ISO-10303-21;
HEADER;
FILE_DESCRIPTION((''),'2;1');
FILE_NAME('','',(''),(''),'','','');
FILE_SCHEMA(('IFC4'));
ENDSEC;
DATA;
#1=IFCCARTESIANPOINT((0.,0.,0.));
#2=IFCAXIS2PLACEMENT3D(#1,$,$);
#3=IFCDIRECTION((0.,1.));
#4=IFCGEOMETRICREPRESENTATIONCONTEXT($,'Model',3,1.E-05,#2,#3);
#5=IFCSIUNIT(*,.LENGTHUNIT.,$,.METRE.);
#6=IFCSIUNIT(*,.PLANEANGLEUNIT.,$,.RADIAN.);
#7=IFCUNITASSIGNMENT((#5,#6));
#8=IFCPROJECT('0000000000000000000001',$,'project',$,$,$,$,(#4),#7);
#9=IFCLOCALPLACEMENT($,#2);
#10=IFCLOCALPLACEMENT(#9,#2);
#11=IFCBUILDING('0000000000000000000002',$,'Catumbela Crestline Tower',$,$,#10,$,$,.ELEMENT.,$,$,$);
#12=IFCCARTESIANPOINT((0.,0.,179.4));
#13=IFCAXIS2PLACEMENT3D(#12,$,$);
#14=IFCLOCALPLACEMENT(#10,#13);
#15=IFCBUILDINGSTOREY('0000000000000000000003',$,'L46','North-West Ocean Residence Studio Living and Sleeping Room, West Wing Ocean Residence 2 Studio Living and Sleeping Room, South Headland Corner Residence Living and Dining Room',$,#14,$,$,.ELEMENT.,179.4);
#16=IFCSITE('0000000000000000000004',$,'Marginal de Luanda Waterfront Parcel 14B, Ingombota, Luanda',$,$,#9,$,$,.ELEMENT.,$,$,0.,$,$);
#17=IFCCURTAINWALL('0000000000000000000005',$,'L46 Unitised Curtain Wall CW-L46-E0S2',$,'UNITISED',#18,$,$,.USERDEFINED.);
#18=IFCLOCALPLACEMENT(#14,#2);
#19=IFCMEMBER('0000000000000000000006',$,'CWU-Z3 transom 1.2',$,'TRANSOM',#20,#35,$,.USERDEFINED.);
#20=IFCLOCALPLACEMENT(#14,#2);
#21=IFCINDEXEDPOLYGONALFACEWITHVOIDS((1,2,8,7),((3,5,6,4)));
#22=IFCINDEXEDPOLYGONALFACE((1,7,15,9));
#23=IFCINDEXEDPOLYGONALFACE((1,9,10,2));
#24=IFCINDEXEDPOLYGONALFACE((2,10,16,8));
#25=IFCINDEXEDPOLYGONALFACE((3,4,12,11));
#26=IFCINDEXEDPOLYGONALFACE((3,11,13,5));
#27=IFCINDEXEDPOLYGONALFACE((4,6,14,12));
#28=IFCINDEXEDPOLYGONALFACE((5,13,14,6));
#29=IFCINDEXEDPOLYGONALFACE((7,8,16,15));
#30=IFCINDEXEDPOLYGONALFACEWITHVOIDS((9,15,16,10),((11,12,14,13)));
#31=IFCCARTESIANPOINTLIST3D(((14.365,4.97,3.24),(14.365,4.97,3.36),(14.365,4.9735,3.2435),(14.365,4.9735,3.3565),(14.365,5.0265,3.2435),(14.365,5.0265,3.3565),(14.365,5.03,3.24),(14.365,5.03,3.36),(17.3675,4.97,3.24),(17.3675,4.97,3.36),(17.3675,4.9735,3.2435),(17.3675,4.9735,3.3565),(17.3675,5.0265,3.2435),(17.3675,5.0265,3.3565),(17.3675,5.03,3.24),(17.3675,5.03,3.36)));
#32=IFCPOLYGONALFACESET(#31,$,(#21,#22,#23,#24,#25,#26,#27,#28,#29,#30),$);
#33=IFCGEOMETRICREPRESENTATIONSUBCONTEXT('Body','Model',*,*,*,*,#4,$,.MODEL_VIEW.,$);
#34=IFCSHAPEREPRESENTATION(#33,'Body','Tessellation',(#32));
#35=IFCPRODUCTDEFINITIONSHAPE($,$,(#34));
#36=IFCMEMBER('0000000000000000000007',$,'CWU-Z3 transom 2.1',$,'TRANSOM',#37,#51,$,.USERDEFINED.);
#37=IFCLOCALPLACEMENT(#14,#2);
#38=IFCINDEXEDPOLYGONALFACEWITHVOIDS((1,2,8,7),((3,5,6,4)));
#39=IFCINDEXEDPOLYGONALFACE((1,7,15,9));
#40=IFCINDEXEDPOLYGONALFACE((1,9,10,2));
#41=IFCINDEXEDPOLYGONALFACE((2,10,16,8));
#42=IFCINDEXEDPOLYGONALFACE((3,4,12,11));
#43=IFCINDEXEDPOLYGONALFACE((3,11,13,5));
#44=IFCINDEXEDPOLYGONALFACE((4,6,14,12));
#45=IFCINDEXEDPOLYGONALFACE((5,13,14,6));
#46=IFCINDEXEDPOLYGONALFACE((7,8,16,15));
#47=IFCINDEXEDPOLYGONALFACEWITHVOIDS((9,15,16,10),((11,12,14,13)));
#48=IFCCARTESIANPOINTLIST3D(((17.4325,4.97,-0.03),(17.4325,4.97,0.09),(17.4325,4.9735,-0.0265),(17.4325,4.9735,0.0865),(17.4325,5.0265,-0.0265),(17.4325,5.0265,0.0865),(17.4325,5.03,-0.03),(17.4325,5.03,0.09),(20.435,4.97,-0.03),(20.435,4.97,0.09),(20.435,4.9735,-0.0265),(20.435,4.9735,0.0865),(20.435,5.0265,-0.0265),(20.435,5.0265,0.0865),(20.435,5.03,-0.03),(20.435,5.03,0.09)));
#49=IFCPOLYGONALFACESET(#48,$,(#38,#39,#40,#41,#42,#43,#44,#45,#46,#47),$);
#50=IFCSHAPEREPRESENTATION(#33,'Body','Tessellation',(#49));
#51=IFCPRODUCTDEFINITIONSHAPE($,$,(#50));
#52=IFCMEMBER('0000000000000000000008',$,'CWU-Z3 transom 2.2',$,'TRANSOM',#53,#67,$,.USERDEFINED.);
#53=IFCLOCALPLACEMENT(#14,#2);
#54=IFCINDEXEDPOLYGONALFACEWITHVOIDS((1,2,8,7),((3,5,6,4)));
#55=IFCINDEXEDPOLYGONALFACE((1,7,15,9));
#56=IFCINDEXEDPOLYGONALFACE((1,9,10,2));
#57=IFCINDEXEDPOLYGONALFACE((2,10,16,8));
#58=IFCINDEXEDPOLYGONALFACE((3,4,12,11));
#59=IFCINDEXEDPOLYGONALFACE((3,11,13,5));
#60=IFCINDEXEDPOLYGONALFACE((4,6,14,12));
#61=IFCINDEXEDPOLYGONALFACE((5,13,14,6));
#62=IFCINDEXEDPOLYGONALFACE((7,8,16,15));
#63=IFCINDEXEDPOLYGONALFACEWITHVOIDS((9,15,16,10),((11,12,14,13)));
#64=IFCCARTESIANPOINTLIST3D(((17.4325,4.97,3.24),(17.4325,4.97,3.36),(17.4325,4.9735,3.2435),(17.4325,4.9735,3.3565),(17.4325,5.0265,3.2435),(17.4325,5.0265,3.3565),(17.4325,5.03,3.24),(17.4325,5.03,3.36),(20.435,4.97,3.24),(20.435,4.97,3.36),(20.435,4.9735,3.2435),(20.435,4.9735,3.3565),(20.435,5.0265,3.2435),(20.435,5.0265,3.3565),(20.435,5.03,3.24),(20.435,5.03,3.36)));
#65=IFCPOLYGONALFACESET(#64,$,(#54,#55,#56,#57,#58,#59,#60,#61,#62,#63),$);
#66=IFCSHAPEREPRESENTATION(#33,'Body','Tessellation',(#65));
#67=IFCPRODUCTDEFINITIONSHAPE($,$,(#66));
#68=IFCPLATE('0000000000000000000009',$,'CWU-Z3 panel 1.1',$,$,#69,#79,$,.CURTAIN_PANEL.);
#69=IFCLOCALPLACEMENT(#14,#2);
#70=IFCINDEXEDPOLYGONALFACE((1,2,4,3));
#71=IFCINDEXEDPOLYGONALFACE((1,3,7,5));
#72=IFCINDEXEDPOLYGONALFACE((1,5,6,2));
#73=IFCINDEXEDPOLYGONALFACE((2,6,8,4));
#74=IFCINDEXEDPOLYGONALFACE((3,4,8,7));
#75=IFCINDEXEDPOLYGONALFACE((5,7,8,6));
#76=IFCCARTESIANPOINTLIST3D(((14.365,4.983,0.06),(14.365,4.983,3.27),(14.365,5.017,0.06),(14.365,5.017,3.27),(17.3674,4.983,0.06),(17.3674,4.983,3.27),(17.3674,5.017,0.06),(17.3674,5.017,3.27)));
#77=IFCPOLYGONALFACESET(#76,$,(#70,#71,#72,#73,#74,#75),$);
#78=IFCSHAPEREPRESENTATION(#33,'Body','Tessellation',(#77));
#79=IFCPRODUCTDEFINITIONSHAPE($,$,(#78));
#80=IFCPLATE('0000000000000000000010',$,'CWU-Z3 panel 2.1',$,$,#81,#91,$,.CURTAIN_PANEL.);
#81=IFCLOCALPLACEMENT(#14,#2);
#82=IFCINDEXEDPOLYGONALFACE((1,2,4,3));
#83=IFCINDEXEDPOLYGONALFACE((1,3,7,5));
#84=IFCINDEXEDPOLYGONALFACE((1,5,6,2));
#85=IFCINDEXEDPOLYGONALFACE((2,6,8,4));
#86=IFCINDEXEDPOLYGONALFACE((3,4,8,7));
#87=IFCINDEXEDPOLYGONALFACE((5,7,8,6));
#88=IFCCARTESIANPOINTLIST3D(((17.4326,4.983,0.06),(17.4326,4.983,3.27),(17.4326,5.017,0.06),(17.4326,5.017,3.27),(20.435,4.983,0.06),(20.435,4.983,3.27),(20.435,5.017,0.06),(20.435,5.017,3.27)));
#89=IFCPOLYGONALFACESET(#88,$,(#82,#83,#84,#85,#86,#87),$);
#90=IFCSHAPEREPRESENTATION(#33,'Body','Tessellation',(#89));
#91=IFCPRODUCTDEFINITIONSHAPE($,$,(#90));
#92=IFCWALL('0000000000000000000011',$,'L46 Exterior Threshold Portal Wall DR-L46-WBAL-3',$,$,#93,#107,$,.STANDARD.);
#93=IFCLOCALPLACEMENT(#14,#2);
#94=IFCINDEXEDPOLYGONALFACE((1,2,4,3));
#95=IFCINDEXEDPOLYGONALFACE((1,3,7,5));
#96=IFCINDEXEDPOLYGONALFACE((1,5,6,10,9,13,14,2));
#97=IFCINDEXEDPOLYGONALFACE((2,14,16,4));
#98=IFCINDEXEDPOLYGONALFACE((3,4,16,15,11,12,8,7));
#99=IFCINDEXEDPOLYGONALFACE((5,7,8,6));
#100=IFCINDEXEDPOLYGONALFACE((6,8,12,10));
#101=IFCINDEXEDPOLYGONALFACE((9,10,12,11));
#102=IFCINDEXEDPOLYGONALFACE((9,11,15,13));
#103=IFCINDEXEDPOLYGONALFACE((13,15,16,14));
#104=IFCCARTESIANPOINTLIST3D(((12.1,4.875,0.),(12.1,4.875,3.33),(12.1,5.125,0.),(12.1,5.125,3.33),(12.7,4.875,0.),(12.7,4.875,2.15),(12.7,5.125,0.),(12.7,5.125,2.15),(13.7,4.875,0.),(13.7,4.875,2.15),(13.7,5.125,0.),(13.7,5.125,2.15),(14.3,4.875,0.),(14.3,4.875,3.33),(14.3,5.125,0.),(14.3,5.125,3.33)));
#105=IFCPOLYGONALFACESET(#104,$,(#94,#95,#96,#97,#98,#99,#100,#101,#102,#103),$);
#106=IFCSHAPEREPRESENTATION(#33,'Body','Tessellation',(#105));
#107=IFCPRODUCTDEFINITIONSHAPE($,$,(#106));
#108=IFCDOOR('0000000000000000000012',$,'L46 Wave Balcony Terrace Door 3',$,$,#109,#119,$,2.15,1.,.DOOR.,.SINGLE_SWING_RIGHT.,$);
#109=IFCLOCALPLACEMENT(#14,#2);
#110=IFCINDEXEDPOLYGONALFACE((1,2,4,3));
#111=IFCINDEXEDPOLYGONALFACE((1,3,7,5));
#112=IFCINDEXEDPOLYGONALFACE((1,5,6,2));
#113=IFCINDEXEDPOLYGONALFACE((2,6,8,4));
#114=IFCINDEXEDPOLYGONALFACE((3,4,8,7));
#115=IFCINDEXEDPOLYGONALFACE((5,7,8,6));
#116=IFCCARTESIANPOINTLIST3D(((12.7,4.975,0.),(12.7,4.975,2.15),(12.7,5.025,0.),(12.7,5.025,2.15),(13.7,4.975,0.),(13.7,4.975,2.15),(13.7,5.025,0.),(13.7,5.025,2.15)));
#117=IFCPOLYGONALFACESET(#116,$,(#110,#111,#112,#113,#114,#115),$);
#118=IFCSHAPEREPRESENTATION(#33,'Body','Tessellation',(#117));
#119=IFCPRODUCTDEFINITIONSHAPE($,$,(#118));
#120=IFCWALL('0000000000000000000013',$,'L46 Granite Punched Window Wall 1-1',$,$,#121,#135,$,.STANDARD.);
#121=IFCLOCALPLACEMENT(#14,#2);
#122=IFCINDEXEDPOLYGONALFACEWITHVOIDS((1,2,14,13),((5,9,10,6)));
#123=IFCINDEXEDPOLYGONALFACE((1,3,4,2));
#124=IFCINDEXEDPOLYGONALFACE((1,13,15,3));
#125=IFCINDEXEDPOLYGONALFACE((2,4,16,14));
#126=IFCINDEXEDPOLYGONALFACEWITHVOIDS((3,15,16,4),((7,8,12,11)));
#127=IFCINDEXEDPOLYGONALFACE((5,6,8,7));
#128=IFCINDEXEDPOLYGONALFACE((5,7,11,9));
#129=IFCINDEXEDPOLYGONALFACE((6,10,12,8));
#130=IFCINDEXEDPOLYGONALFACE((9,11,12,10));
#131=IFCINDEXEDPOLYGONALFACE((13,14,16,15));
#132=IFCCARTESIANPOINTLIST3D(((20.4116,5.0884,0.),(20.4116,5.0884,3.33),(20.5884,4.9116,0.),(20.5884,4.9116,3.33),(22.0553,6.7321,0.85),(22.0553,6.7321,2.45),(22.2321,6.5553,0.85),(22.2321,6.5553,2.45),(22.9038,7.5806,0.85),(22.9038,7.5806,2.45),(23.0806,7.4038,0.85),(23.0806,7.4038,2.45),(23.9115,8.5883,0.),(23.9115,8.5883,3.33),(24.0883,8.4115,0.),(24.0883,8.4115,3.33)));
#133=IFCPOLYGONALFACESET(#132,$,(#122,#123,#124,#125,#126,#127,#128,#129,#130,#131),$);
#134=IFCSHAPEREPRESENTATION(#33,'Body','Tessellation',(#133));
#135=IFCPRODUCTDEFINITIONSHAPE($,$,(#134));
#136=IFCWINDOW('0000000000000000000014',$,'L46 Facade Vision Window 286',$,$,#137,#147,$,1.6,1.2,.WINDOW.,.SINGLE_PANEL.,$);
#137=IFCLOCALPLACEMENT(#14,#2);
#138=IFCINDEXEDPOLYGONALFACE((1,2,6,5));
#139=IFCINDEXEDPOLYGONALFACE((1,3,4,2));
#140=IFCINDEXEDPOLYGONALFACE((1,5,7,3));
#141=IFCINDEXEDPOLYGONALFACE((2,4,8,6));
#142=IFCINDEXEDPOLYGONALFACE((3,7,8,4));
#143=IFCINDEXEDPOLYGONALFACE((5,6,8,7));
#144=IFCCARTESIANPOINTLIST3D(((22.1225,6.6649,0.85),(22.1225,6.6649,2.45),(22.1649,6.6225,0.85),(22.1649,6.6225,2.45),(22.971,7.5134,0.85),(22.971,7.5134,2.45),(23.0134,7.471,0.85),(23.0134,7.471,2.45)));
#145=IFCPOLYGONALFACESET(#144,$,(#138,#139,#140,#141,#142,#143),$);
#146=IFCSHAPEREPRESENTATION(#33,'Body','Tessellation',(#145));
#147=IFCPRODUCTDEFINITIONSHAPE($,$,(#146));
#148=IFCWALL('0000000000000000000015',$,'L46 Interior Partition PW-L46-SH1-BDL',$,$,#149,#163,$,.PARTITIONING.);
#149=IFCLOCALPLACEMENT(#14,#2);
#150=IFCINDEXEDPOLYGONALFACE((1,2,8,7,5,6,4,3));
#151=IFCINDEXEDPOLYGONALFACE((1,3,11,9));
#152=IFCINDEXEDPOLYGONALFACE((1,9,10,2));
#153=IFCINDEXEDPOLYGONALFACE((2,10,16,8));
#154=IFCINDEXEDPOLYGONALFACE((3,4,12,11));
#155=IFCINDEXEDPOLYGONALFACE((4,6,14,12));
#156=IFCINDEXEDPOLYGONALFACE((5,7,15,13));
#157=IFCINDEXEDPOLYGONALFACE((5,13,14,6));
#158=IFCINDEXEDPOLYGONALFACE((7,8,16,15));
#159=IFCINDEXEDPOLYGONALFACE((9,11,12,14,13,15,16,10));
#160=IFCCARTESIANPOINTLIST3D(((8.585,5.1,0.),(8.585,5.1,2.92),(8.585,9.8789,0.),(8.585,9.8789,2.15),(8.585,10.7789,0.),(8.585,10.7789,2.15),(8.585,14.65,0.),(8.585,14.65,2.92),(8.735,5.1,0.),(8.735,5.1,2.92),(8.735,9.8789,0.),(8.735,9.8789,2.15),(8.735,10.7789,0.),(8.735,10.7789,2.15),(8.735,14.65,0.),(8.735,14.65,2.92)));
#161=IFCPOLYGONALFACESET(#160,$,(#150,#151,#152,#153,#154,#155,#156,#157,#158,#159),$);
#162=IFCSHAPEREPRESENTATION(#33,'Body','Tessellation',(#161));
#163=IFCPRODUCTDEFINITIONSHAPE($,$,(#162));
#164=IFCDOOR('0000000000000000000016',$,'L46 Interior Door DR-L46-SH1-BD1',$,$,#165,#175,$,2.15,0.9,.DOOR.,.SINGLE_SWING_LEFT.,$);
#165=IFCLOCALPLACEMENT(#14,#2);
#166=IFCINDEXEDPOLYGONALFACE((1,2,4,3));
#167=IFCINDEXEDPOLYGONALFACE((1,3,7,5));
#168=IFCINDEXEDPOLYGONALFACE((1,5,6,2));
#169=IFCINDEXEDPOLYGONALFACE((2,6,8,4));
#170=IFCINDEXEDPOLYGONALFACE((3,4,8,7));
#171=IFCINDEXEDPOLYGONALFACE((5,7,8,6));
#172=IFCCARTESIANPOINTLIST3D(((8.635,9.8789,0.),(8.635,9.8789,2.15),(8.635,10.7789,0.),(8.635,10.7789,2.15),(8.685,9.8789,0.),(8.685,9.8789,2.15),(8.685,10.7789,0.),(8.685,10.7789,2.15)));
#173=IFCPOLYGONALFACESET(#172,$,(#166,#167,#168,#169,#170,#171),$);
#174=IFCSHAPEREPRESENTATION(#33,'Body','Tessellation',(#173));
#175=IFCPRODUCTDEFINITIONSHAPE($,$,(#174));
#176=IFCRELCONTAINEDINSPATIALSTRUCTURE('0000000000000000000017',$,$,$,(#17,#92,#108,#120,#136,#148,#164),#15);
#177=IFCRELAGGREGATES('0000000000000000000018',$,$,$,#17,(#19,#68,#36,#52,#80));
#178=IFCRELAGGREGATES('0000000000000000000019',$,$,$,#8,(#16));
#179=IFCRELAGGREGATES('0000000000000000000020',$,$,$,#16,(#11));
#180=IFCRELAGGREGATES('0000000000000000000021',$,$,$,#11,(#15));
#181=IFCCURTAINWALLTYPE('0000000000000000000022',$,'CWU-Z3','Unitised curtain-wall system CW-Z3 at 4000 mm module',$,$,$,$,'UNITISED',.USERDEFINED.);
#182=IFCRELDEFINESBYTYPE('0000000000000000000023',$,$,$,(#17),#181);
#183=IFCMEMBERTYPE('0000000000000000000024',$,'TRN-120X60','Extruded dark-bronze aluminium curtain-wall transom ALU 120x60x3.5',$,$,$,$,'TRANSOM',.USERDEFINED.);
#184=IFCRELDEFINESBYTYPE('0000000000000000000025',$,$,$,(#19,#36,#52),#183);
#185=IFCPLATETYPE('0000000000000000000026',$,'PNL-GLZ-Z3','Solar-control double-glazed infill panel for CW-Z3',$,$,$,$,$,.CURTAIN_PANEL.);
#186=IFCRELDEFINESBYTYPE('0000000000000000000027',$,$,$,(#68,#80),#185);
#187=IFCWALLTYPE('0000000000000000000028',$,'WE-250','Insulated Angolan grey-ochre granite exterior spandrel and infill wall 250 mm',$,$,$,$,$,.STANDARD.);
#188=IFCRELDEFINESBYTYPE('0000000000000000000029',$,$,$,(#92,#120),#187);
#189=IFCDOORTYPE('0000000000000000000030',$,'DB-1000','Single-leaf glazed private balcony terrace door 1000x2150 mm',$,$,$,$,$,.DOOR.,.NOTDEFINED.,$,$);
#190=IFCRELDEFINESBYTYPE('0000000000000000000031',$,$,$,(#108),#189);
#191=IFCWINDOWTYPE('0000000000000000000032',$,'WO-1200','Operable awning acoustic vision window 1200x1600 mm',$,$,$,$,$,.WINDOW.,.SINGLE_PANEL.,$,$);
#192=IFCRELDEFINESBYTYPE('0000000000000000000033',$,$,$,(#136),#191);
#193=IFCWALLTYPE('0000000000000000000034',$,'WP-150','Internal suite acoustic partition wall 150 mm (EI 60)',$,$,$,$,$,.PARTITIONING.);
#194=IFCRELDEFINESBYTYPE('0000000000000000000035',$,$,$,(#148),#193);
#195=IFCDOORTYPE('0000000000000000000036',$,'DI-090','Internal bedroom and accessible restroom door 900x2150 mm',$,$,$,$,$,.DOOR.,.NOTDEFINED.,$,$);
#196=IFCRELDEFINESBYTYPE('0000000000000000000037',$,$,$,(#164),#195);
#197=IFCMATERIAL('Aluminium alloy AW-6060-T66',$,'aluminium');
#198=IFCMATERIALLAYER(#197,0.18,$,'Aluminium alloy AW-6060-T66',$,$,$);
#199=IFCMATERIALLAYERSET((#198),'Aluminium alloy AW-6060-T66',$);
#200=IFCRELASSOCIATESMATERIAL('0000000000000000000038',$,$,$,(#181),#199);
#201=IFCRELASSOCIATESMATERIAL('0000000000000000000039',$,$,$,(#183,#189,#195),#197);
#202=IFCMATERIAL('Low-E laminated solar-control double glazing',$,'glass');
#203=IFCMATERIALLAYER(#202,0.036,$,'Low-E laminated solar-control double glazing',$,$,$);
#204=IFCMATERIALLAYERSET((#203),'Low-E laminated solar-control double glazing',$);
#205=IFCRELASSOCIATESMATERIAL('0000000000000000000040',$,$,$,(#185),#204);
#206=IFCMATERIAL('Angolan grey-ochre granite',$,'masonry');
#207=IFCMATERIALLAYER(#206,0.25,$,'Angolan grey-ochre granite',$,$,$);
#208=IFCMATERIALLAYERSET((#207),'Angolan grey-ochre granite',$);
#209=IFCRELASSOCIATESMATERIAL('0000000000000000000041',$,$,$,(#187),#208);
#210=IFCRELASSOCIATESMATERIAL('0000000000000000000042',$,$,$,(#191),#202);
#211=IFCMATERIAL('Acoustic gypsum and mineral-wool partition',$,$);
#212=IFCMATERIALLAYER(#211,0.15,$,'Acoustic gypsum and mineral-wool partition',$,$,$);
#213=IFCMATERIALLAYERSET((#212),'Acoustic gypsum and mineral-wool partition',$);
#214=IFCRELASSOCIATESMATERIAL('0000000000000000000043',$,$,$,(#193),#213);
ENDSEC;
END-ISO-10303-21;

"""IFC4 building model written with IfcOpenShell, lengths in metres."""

from ifc_helpers import new_model, si_unit, direction, frame, frame_2d, origin, origin_2d, place, context, subcontext, project, spatial, rectangle, hollow_rectangle, extrude, material, layer, layer_set, material_profile, profile_set, type_object, element, fill, aggregate, save


model = new_model("IFC4")

# Units and contexts
model_context = context("Model", 3, precision=1e-05, world=origin(), true_north=direction((0.0, 1.0)))
body_context = subcontext(model_context, "Body", "Model", "MODEL_VIEW")
ifc_project = project(units=[si_unit("LENGTHUNIT", "METRE"), si_unit("PLANEANGLEUNIT", "RADIAN")], contexts=[model_context])

# Site, building, storey
site_placement = place(None, origin())
site = spatial("IfcSite", under=ifc_project, at=site_placement, Name="Marginal de Luanda Waterfront Parcel 14B, Ingombota, Luanda", CompositionType="ELEMENT", RefElevation=0.0)
building_placement = place(site_placement, origin())
building = spatial("IfcBuilding", under=site, at=building_placement, Name="Catumbela Crestline Tower", CompositionType="ELEMENT")
storey_placement = place(building_placement, frame((0.0, 0.0, 179.4)))
storey = spatial("IfcBuildingStorey", under=building, at=storey_placement, Name="L46", Description="North-West Ocean Residence Studio Living and Sleeping Room, West Wing Ocean Residence 2 Studio Living and Sleeping Room, South Headland Corner Residence Living and Dining Room", CompositionType="ELEMENT", Elevation=179.4)

# Curtain wall, members, plates
ifc_material_1 = material(Name="Aluminium alloy AW-6060-T66", Category="aluminium")
ifc_layer_1 = layer(ifc_material_1, 0.18, Name="Aluminium alloy AW-6060-T66")
ifc_layer_set_1 = layer_set([ifc_layer_1], Name="Aluminium alloy AW-6060-T66")
curtain_wall_type = type_object("IfcCurtainWallType", Name="CWU-Z3", Description="Unitised curtain-wall system CW-Z3 at 4000 mm module", ElementType="UNITISED", PredefinedType="USERDEFINED", material=ifc_layer_set_1)
curtain_wall_placement = place(storey_placement, origin())
curtain_wall = element("IfcCurtainWall", 1, at=curtain_wall_placement, inside=storey, type_object=curtain_wall_type, Name="L46 Unitised Curtain Wall CW-L46-E0S2", ObjectType="UNITISED", PredefinedType="USERDEFINED")
ifc_material_profile_1 = material_profile(ifc_material_1, hollow_rectangle(XDim=0.06, YDim=0.12, WallThickness=0.0035, at=origin_2d()), Name="ALU 120x60x3.5")
ifc_profile_set_1 = profile_set([ifc_material_profile_1], Name="Aluminium alloy AW-6060-T66")
member_type_1 = type_object("IfcMemberType", Name="TRN-120X60", Description="Extruded dark-bronze aluminium curtain-wall transom ALU 120x60x3.5", ElementType="TRANSOM", PredefinedType="USERDEFINED", material=ifc_profile_set_1)
member_1_placement = place(storey_placement, frame((14.365, 5.0, 3.3), z_axis=(1.0, 0.0, 0.0), x_axis=(0.0, 1.0, 0.0)))
member_1 = element("IfcMember", 2, at=member_1_placement, type_object=member_type_1, Name="CWU-Z3 transom 1.2", ObjectType="TRANSOM", PredefinedType="USERDEFINED", context=body_context, shape_type="SweptSolid", body=[
    extrude(hollow_rectangle(XDim=0.06, YDim=0.12, WallThickness=0.0035, at=origin_2d()), origin(), (0.0, 0.0, 1.0), 3.0025),
])
member_2_placement = place(storey_placement, frame((17.4325, 5.0, 0.03), z_axis=(1.0, 0.0, 0.0), x_axis=(0.0, 1.0, 0.0)))
member_2 = element("IfcMember", 3, at=member_2_placement, type_object=member_type_1, Name="CWU-Z3 transom 2.1", ObjectType="TRANSOM", PredefinedType="USERDEFINED", context=body_context, shape_type="SweptSolid", body=[
    extrude(hollow_rectangle(XDim=0.06, YDim=0.12, WallThickness=0.0035, at=origin_2d()), origin(), (0.0, 0.0, 1.0), 3.0025),
])
member_3_placement = place(storey_placement, frame((17.4325, 5.0, 3.3), z_axis=(1.0, 0.0, 0.0), x_axis=(0.0, 1.0, 0.0)))
member_3 = element("IfcMember", 4, at=member_3_placement, type_object=member_type_1, Name="CWU-Z3 transom 2.2", ObjectType="TRANSOM", PredefinedType="USERDEFINED", context=body_context, shape_type="SweptSolid", body=[
    extrude(hollow_rectangle(XDim=0.06, YDim=0.12, WallThickness=0.0035, at=origin_2d()), origin(), (0.0, 0.0, 1.0), 3.0025),
])
ifc_material_2 = material(Name="Low-E laminated solar-control double glazing", Category="glass")
ifc_layer_2 = layer(ifc_material_2, 0.036, Name="Low-E laminated solar-control double glazing")
ifc_layer_set_2 = layer_set([ifc_layer_2], Name="Low-E laminated solar-control double glazing")
plate_type = type_object("IfcPlateType", Name="PNL-GLZ-Z3", Description="Solar-control double-glazed infill panel for CW-Z3", PredefinedType="CURTAIN_PANEL", material=ifc_layer_set_2)
plate_1_placement = place(storey_placement, frame((15.8662, 5.0, 0.06), z_axis=(0.0, 0.0, 1.0), x_axis=(1.0, 0.0, 0.0)))
plate_1 = element("IfcPlate", 5, at=plate_1_placement, type_object=plate_type, Name="CWU-Z3 panel 1.1", PredefinedType="CURTAIN_PANEL", context=body_context, shape_type="SweptSolid", body=[
    extrude(rectangle(XDim=3.0025, YDim=0.034, at=origin_2d()), origin(), (0.0, 0.0, 1.0), 3.21),
])
plate_2_placement = place(storey_placement, frame((18.9338, 5.0, 0.06), z_axis=(0.0, 0.0, 1.0), x_axis=(1.0, 0.0, 0.0)))
plate_2 = element("IfcPlate", 6, at=plate_2_placement, type_object=plate_type, Name="CWU-Z3 panel 2.1", PredefinedType="CURTAIN_PANEL", context=body_context, shape_type="SweptSolid", body=[
    extrude(rectangle(XDim=3.0025, YDim=0.034, at=origin_2d()), origin(), (0.0, 0.0, 1.0), 3.21),
])
aggregate(curtain_wall, [member_1, plate_1, member_2, member_3, plate_2])

# Wall, opening, door
ifc_material_3 = material(Name="Angolan grey-ochre granite", Category="masonry")
ifc_layer_3 = layer(ifc_material_3, 0.25, Name="Angolan grey-ochre granite")
ifc_layer_set_3 = layer_set([ifc_layer_3], Name="Angolan grey-ochre granite")
wall_type_1 = type_object("IfcWallType", Name="WE-250", Description="Insulated Angolan grey-ochre granite exterior spandrel and infill wall 250 mm", PredefinedType="STANDARD", material=ifc_layer_set_3)
wall_1_placement = place(storey_placement, frame((12.1, 5.0, 0.0), z_axis=(0.0, 0.0, 1.0), x_axis=(1.0, 0.0, 0.0)))
wall_1 = element("IfcWall", 7, at=wall_1_placement, inside=storey, type_object=wall_type_1, Name="L46 Exterior Threshold Portal Wall DR-L46-WBAL-3", PredefinedType="STANDARD", context=body_context, shape_type="SweptSolid", body=[
    extrude(rectangle(XDim=2.2, YDim=0.25, at=frame_2d((1.1, 0.0))), origin(), (0.0, 0.0, 1.0), 3.33),
])
opening_1_placement = place(wall_1_placement, frame((0.6, 0.0, 0.0)))
opening_1 = element("IfcOpeningElement", 8, at=opening_1_placement, cuts=wall_1, PredefinedType="OPENING", context=body_context, shape_type="SweptSolid", body=[
    extrude(rectangle(XDim=1.0, YDim=2.15, at=frame_2d((0.5, 1.075))), frame((0.0, 0.135, 0.0), z_axis=(0.0, -1.0, 0.0), x_axis=(1.0, 0.0, 0.0)), (0.0, 0.0, 1.0), 0.27),
])
door_type_1 = type_object("IfcDoorType", Name="DB-1000", Description="Single-leaf glazed private balcony terrace door 1000x2150 mm", OperationType="NOTDEFINED", PredefinedType="DOOR", material=ifc_material_1)
door_1_placement = place(opening_1_placement, origin())
door_1 = element("IfcDoor", 9, at=door_1_placement, inside=storey, type_object=door_type_1, Name="L46 Wave Balcony Terrace Door 3", OperationType="SINGLE_SWING_RIGHT", OverallHeight=2.15, OverallWidth=1.0, PredefinedType="DOOR", context=body_context, shape_type="SweptSolid", body=[
    extrude(rectangle(XDim=1.0, YDim=2.15, at=frame_2d((0.5, 1.075))), frame((0.0, 0.025, 0.0), z_axis=(0.0, -1.0, 0.0), x_axis=(1.0, 0.0, 0.0)), (0.0, 0.0, 1.0), 0.05),
])
fill(opening_1, door_1)

# Wall, opening, window
wall_2_placement = place(storey_placement, frame((20.5, 5.0, 0.0), z_axis=(0.0, 0.0, 1.0), x_axis=(0.707107, 0.707107, 0.0)))
wall_2 = element("IfcWall", 10, at=wall_2_placement, inside=storey, type_object=wall_type_1, Name="L46 Granite Punched Window Wall 1-1", PredefinedType="STANDARD", context=body_context, shape_type="SweptSolid", body=[
    extrude(rectangle(XDim=4.9497, YDim=0.25, at=frame_2d((2.4748, 0.0))), origin(), (0.0, 0.0, 1.0), 3.33),
])
opening_2_placement = place(wall_2_placement, frame((2.3245, 0.0, 0.85)))
opening_2 = element("IfcOpeningElement", 11, at=opening_2_placement, cuts=wall_2, PredefinedType="OPENING", context=body_context, shape_type="SweptSolid", body=[
    extrude(rectangle(XDim=1.2, YDim=1.6, at=frame_2d((0.6, 0.8))), frame((0.0, 0.135, 0.0), z_axis=(0.0, -1.0, 0.0), x_axis=(1.0, 0.0, 0.0)), (0.0, 0.0, 1.0), 0.27),
])
window_type = type_object("IfcWindowType", Name="WO-1200", Description="Operable awning acoustic vision window 1200x1600 mm", PartitioningType="SINGLE_PANEL", PredefinedType="WINDOW", material=ifc_material_2)
window_placement = place(opening_2_placement, origin())
window = element("IfcWindow", 12, at=window_placement, inside=storey, type_object=window_type, Name="L46 Facade Vision Window 286", OverallHeight=1.6, OverallWidth=1.2, PartitioningType="SINGLE_PANEL", PredefinedType="WINDOW", context=body_context, shape_type="SweptSolid", body=[
    extrude(rectangle(XDim=1.2, YDim=1.6, at=frame_2d((0.6, 0.8))), frame((0.0, 0.03, 0.0), z_axis=(0.0, -1.0, 0.0), x_axis=(1.0, 0.0, 0.0)), (0.0, 0.0, 1.0), 0.06),
])
fill(opening_2, window)

# Wall, opening, door
ifc_material_4 = material(Name="Acoustic gypsum and mineral-wool partition")
ifc_layer_4 = layer(ifc_material_4, 0.15, Name="Acoustic gypsum and mineral-wool partition")
ifc_layer_set_4 = layer_set([ifc_layer_4], Name="Acoustic gypsum and mineral-wool partition")
wall_type_2 = type_object("IfcWallType", Name="WP-150", Description="Internal suite acoustic partition wall 150 mm (EI 60)", PredefinedType="PARTITIONING", material=ifc_layer_set_4)
wall_3_placement = place(storey_placement, frame((8.66, 5.1, 0.0), z_axis=(0.0, 0.0, 1.0), x_axis=(0.0, 1.0, 0.0)))
wall_3 = element("IfcWall", 13, at=wall_3_placement, inside=storey, type_object=wall_type_2, Name="L46 Interior Partition PW-L46-SH1-BDL", PredefinedType="PARTITIONING", context=body_context, shape_type="SweptSolid", body=[
    extrude(rectangle(XDim=9.55, YDim=0.15, at=frame_2d((4.775, 0.0))), origin(), (0.0, 0.0, 1.0), 2.92),
])
opening_3_placement = place(wall_3_placement, frame((4.7789, 0.0, 0.0)))
opening_3 = element("IfcOpeningElement", 14, at=opening_3_placement, cuts=wall_3, PredefinedType="OPENING", context=body_context, shape_type="SweptSolid", body=[
    extrude(rectangle(XDim=0.9, YDim=2.15, at=frame_2d((0.45, 1.075))), frame((0.0, 0.085, 0.0), z_axis=(0.0, -1.0, 0.0), x_axis=(1.0, 0.0, 0.0)), (0.0, 0.0, 1.0), 0.17),
])
door_type_2 = type_object("IfcDoorType", Name="DI-090", Description="Internal bedroom and accessible restroom door 900x2150 mm", OperationType="NOTDEFINED", PredefinedType="DOOR", material=ifc_material_1)
door_2_placement = place(opening_3_placement, origin())
door_2 = element("IfcDoor", 15, at=door_2_placement, inside=storey, type_object=door_type_2, Name="L46 Interior Door DR-L46-SH1-BD1", OperationType="SINGLE_SWING_LEFT", OverallHeight=2.15, OverallWidth=0.9, PredefinedType="DOOR", context=body_context, shape_type="SweptSolid", body=[
    extrude(rectangle(XDim=0.9, YDim=2.15, at=frame_2d((0.45, 1.075))), frame((0.0, 0.025, 0.0), z_axis=(0.0, -1.0, 0.0), x_axis=(1.0, 0.0, 0.0)), (0.0, 0.0, 1.0), 0.05),
])
fill(opening_3, door_2)

save(model, "model.ifc")
